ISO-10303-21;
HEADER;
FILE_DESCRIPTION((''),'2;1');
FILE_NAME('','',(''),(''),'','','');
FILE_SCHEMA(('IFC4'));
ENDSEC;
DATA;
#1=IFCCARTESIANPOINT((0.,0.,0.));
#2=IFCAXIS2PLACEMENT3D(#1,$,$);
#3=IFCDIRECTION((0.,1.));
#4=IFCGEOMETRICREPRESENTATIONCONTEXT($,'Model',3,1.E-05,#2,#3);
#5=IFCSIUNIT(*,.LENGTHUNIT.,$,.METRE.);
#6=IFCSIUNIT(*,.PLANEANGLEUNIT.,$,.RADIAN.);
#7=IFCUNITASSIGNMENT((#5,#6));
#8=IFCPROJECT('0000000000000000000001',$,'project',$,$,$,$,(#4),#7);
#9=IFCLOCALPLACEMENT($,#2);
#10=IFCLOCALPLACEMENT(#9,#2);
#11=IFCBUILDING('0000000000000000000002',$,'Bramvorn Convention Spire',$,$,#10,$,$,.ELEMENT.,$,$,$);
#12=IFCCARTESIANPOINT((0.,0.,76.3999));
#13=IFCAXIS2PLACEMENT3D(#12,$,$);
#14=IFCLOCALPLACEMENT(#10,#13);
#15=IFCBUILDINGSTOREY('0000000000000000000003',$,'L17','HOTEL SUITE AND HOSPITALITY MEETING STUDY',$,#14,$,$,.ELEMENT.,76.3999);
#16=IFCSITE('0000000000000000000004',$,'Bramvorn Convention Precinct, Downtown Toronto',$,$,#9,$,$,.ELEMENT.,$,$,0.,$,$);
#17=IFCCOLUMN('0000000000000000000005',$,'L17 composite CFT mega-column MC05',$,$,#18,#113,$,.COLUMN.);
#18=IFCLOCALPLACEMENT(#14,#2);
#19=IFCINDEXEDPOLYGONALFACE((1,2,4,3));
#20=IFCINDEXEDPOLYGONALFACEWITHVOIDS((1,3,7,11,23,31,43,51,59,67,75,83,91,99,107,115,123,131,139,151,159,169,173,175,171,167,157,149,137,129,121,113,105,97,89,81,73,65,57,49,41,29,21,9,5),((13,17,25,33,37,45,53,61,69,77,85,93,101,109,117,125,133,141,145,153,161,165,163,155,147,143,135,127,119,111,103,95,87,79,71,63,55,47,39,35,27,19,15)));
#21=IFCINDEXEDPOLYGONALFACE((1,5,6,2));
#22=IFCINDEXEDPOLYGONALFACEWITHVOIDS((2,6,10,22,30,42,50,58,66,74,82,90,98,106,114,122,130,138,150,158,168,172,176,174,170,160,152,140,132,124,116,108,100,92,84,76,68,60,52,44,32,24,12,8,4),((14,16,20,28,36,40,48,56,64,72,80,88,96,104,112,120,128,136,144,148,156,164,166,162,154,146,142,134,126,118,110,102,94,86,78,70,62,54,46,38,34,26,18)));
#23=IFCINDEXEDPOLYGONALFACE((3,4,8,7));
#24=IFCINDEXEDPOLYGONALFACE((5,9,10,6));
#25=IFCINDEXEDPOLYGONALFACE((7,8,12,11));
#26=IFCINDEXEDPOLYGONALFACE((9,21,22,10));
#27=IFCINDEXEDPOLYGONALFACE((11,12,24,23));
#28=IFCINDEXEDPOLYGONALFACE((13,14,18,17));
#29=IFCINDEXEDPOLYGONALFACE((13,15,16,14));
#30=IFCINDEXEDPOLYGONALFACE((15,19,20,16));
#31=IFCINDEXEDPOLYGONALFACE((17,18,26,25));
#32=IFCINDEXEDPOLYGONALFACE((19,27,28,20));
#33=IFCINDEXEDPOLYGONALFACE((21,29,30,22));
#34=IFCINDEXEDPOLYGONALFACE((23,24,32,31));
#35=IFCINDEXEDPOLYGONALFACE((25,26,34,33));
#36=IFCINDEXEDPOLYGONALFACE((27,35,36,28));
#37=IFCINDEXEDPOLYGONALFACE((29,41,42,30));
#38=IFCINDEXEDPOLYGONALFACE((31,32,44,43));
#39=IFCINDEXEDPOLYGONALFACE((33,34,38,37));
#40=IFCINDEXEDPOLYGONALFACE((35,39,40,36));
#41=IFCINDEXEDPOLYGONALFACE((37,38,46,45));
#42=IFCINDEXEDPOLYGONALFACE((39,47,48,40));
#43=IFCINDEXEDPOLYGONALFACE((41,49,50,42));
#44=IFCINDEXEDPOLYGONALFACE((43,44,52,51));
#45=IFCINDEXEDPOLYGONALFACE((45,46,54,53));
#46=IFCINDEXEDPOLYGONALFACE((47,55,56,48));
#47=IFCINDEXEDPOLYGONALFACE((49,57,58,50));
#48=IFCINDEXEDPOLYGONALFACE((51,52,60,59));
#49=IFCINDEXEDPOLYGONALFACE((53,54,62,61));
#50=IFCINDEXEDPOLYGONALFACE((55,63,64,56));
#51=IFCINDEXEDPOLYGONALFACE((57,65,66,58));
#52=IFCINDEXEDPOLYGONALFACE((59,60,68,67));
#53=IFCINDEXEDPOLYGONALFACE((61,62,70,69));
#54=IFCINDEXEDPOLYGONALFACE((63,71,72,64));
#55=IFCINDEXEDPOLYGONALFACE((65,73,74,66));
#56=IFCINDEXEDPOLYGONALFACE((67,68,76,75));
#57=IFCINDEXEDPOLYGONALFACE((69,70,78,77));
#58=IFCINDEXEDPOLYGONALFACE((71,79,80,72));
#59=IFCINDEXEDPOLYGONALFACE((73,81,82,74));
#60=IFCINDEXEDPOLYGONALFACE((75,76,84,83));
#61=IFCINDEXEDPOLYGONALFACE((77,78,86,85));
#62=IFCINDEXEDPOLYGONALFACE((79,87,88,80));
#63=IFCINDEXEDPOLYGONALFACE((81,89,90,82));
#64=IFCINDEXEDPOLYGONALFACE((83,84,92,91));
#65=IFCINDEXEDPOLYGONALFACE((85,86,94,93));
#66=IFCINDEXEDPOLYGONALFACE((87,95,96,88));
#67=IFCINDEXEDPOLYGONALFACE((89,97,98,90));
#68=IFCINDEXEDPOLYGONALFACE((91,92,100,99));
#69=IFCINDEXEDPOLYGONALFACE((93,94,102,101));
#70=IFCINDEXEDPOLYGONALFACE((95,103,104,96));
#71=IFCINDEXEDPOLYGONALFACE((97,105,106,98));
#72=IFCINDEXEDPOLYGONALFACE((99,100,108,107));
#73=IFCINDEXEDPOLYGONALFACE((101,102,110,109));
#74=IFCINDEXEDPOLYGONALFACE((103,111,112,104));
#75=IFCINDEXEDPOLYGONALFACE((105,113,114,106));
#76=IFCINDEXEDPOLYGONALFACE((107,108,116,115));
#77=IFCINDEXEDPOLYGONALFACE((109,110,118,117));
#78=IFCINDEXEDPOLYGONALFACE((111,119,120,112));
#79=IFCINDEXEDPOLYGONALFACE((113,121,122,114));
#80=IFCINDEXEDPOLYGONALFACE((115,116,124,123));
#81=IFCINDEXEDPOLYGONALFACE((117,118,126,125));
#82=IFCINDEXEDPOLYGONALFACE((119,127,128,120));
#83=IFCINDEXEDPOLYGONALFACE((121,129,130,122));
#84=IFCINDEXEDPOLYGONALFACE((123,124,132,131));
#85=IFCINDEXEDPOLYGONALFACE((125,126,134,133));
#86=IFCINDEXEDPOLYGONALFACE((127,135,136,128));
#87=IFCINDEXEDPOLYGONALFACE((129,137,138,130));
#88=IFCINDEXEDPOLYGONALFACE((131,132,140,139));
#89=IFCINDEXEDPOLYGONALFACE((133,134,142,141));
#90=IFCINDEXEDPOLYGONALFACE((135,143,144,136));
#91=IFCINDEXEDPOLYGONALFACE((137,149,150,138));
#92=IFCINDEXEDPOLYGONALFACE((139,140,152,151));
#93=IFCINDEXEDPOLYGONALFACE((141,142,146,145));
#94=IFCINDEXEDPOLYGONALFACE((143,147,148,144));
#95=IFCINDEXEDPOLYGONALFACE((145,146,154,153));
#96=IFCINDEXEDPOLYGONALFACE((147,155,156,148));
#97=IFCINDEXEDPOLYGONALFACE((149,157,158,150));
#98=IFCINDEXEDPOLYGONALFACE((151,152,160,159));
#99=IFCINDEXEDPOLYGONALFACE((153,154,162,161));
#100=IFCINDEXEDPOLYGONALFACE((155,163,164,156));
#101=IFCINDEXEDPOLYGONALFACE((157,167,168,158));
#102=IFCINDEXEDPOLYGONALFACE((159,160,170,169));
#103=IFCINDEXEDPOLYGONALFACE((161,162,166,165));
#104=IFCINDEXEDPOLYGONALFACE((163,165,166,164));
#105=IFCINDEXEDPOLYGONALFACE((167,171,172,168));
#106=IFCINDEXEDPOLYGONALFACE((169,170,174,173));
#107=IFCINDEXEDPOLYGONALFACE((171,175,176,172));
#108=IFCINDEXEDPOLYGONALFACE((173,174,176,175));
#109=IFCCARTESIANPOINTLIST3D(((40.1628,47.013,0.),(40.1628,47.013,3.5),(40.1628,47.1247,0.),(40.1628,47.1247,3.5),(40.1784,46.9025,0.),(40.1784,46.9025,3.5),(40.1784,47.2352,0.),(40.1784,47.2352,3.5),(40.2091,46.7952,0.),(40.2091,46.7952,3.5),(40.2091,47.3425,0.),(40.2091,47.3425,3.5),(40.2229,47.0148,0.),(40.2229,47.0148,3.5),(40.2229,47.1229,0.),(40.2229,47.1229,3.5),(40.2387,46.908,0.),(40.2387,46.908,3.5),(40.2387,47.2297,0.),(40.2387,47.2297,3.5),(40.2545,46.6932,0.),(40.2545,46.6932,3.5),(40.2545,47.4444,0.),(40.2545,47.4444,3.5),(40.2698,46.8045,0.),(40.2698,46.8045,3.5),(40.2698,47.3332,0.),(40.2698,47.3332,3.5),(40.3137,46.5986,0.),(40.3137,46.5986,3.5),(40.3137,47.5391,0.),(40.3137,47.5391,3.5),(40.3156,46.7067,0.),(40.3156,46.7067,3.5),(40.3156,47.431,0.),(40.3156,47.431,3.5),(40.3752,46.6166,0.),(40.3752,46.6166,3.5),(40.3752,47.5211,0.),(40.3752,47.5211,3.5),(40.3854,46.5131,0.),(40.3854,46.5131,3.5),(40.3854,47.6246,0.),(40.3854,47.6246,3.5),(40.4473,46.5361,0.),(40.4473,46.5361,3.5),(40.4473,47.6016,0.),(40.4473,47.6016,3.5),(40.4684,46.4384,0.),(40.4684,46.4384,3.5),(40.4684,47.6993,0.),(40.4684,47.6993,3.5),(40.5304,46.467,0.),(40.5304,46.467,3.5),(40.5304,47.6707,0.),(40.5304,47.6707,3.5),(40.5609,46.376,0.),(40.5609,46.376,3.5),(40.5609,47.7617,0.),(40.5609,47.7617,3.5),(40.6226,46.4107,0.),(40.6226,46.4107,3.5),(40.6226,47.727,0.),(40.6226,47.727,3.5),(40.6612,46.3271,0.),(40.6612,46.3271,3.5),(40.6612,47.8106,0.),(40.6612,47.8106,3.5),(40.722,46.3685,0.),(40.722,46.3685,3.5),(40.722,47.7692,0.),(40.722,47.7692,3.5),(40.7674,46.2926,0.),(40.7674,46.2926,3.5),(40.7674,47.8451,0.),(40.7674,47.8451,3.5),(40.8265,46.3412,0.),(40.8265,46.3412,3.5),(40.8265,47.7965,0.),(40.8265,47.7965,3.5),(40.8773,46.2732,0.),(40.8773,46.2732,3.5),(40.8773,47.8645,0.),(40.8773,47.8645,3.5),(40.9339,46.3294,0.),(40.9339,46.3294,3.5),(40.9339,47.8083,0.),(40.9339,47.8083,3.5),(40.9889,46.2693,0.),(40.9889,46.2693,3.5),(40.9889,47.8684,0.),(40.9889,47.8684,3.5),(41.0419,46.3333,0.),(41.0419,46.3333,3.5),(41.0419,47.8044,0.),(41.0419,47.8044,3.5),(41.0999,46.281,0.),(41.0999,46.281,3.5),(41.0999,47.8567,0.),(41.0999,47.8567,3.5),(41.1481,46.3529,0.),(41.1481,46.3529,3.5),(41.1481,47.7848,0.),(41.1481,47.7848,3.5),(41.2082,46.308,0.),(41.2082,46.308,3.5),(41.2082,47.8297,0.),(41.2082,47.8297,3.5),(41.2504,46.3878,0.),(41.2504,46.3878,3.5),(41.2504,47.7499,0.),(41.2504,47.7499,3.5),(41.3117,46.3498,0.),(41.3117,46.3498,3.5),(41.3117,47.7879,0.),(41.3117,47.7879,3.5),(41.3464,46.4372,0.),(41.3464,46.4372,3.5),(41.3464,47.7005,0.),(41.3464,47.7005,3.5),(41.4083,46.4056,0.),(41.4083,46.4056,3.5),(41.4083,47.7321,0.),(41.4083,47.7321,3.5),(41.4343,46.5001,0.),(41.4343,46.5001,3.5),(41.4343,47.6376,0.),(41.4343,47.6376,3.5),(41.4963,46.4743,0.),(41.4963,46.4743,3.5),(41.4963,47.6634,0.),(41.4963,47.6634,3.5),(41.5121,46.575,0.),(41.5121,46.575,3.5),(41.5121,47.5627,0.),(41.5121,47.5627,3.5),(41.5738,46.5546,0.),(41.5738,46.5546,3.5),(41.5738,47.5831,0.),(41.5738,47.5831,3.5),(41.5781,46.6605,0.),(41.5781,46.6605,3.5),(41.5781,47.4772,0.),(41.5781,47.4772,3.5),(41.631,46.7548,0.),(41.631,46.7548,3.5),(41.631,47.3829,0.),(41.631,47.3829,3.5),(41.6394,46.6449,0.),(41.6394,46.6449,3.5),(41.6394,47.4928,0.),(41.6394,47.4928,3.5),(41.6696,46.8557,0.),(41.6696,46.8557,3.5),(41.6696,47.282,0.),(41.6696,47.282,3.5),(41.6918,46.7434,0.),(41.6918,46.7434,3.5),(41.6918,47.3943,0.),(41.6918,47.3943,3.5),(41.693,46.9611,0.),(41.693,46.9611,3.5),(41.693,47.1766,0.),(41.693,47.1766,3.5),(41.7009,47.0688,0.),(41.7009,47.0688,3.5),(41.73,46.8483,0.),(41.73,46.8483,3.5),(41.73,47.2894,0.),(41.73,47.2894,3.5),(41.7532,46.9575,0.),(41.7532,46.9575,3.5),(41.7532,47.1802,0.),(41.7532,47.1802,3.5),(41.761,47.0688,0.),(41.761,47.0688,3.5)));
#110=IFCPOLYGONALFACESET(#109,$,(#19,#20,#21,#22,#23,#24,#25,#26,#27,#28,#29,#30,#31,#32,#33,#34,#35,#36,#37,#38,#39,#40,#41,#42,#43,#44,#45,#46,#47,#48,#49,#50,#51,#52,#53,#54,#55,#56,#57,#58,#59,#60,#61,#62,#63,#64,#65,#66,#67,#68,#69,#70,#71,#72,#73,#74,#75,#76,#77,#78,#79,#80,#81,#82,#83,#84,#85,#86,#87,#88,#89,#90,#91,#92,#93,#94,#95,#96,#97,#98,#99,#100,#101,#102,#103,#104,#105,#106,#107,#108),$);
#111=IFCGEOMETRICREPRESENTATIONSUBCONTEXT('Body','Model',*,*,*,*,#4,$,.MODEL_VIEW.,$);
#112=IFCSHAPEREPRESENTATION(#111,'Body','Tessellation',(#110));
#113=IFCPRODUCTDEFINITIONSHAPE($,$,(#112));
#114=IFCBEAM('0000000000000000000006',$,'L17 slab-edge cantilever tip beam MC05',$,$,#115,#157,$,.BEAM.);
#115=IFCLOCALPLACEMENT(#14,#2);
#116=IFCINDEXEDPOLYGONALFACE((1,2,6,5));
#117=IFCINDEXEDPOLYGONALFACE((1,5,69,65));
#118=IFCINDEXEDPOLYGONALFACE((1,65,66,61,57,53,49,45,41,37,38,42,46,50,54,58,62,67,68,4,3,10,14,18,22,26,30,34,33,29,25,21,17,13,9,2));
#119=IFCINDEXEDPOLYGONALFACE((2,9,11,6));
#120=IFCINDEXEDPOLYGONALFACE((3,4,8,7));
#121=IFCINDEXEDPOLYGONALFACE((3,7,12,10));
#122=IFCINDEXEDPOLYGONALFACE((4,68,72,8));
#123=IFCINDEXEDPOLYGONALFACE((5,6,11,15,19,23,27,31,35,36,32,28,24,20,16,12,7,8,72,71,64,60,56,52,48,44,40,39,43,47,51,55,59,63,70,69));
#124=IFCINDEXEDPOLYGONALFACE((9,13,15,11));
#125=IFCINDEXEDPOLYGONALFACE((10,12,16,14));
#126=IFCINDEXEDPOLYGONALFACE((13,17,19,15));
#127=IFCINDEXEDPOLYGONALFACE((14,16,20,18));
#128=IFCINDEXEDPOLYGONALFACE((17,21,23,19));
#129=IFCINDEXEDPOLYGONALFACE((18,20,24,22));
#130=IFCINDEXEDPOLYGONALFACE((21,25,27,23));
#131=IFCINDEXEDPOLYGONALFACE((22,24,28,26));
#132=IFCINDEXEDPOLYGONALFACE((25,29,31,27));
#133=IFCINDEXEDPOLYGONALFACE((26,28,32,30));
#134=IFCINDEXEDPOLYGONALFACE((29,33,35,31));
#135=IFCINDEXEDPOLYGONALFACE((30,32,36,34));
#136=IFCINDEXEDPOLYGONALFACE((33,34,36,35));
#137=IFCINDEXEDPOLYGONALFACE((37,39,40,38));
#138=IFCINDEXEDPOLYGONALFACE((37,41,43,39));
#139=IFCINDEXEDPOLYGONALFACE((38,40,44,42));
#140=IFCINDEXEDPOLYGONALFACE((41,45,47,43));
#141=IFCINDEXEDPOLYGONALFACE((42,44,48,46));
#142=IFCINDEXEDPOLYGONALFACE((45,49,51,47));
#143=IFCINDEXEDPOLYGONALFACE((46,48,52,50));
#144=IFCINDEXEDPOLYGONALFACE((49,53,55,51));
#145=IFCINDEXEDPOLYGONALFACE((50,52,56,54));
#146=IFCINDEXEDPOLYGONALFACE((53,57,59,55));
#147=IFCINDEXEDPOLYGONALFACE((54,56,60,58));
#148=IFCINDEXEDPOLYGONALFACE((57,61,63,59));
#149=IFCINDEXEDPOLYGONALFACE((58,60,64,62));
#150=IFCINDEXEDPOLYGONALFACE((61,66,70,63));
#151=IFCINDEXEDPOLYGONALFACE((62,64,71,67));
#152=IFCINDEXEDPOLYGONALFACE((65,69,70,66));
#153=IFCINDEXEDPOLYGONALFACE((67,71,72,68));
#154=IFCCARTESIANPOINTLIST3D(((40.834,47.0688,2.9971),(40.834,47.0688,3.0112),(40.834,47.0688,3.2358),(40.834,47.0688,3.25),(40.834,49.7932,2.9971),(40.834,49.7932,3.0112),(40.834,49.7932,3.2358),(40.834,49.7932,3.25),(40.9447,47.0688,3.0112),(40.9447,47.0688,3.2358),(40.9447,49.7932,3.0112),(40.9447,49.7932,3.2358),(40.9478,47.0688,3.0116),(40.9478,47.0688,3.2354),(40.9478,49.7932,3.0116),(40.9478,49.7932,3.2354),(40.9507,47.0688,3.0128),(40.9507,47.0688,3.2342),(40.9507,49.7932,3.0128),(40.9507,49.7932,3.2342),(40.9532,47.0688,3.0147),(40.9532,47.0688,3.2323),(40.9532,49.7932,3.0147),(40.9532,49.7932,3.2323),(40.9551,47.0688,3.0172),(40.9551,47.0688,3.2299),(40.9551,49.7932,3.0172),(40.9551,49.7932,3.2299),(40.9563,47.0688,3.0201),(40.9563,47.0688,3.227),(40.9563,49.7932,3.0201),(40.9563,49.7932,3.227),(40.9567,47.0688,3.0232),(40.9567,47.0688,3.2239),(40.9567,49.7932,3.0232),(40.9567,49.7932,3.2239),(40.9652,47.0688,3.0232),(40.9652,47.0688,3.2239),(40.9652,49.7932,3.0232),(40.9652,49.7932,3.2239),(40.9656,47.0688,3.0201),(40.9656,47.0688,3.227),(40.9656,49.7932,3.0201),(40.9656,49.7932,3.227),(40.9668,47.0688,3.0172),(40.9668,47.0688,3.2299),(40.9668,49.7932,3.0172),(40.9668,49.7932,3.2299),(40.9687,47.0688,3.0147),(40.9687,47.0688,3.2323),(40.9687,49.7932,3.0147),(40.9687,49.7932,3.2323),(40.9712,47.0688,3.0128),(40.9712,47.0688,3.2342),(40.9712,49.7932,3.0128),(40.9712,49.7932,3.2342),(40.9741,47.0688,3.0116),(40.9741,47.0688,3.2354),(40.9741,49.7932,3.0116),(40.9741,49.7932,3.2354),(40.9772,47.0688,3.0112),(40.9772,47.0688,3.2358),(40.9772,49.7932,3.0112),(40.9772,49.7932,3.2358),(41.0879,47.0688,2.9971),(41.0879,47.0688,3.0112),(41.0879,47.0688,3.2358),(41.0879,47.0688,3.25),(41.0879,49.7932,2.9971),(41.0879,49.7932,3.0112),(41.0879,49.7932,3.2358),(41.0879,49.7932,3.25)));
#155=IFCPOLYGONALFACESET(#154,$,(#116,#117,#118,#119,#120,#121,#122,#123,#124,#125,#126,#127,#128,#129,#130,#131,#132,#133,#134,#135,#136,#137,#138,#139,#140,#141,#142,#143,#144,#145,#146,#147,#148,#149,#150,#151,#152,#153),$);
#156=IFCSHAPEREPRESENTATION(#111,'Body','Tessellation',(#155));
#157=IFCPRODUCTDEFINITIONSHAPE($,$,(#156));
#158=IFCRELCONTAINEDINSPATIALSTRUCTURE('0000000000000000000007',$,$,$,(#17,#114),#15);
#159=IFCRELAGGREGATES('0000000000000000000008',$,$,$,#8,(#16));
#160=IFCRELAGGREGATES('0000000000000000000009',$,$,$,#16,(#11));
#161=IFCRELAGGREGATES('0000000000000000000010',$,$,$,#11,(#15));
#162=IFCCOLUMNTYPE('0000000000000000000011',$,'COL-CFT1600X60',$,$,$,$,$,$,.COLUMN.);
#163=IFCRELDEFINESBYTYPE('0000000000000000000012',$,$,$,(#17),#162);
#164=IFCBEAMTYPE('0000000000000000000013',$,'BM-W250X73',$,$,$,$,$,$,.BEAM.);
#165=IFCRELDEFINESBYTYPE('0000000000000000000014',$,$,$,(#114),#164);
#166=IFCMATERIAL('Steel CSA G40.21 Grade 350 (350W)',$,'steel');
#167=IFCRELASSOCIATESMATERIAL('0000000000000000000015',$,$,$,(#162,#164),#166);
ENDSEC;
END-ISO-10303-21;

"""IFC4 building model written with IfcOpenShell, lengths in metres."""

from ifc_helpers import new_model, si_unit, direction, frame, origin, origin_2d, place, context, subcontext, project, spatial, hollow_circle, i_section, extrude, material, material_profile, profile_set, type_object, element, save


model = new_model("IFC4")

# Units and contexts
model_context = context("Model", 3, precision=1e-05, world=origin(), true_north=direction((0.0, 1.0)))
body_context = subcontext(model_context, "Body", "Model", "MODEL_VIEW")
ifc_project = project(units=[si_unit("LENGTHUNIT", "METRE"), si_unit("PLANEANGLEUNIT", "RADIAN")], contexts=[model_context])

# Site, building, storey
site_placement = place(None, origin())
site = spatial("IfcSite", under=ifc_project, at=site_placement, Name="Bramvorn Convention Precinct, Downtown Toronto", CompositionType="ELEMENT", RefElevation=0.0)
building_placement = place(site_placement, origin())
building = spatial("IfcBuilding", under=site, at=building_placement, Name="Bramvorn Convention Spire", CompositionType="ELEMENT")
storey_placement = place(building_placement, frame((0.0, 0.0, 76.3999)))
storey = spatial("IfcBuildingStorey", under=building, at=storey_placement, Name="L17", Description="HOTEL SUITE AND HOSPITALITY MEETING STUDY", CompositionType="ELEMENT", Elevation=76.3999)

# Column
ifc_material_1 = material(Name="Steel CSA G40.21 Grade 350 (350W)", Category="steel")
ifc_material_profile_1 = material_profile(ifc_material_1, hollow_circle(Radius=0.8, WallThickness=0.0601, at=origin_2d()))
ifc_profile_set_1 = profile_set([ifc_material_profile_1], Name="Steel CSA G40.21 Grade 350 (350W) - CFT1600X60")
column_type = type_object("IfcColumnType", Name="COL-CFT1600X60", PredefinedType="COLUMN", material=ifc_profile_set_1)
column_placement = place(storey_placement, frame((40.9609, 47.0688, 0.0), z_axis=(0.0, 0.0, 1.0), x_axis=(1.0, 0.0, 0.0)))
element("IfcColumn", 1, at=column_placement, inside=storey, type_object=column_type, Name="L17 composite CFT mega-column MC05", PredefinedType="COLUMN", context=body_context, shape_type="SweptSolid", body=[
    extrude(hollow_circle(Radius=0.8, WallThickness=0.0601, at=origin_2d()), origin(), (0.0, 0.0, 1.0), 3.5),
])

# Beam
ifc_material_profile_2 = material_profile(ifc_material_1, i_section(OverallWidth=0.2539, OverallDepth=0.2529, WebThickness=0.0085, FlangeThickness=0.0142, FilletRadius=0.012, at=origin_2d()))
ifc_profile_set_2 = profile_set([ifc_material_profile_2], Name="Steel CSA G40.21 Grade 350 (350W) - W250X73")
beam_type_1 = type_object("IfcBeamType", Name="BM-W250X73", PredefinedType="BEAM", material=ifc_profile_set_2)
beam_1_placement = place(storey_placement, frame((40.9609, 47.0688, 3.1235), z_axis=(0.0, 1.0, 0.0), x_axis=(-1.0, 0.0, 0.0)))
element("IfcBeam", 2, at=beam_1_placement, inside=storey, type_object=beam_type_1, Name="L17 slab-edge cantilever tip beam MC05", PredefinedType="BEAM", context=body_context, shape_type="SweptSolid", body=[
    extrude(i_section(OverallWidth=0.2539, OverallDepth=0.2529, WebThickness=0.0085, FlangeThickness=0.0142, FilletRadius=0.012, at=origin_2d()), origin(), (0.0, 0.0, 1.0), 2.7244),
])

save(model, "model.ifc")
